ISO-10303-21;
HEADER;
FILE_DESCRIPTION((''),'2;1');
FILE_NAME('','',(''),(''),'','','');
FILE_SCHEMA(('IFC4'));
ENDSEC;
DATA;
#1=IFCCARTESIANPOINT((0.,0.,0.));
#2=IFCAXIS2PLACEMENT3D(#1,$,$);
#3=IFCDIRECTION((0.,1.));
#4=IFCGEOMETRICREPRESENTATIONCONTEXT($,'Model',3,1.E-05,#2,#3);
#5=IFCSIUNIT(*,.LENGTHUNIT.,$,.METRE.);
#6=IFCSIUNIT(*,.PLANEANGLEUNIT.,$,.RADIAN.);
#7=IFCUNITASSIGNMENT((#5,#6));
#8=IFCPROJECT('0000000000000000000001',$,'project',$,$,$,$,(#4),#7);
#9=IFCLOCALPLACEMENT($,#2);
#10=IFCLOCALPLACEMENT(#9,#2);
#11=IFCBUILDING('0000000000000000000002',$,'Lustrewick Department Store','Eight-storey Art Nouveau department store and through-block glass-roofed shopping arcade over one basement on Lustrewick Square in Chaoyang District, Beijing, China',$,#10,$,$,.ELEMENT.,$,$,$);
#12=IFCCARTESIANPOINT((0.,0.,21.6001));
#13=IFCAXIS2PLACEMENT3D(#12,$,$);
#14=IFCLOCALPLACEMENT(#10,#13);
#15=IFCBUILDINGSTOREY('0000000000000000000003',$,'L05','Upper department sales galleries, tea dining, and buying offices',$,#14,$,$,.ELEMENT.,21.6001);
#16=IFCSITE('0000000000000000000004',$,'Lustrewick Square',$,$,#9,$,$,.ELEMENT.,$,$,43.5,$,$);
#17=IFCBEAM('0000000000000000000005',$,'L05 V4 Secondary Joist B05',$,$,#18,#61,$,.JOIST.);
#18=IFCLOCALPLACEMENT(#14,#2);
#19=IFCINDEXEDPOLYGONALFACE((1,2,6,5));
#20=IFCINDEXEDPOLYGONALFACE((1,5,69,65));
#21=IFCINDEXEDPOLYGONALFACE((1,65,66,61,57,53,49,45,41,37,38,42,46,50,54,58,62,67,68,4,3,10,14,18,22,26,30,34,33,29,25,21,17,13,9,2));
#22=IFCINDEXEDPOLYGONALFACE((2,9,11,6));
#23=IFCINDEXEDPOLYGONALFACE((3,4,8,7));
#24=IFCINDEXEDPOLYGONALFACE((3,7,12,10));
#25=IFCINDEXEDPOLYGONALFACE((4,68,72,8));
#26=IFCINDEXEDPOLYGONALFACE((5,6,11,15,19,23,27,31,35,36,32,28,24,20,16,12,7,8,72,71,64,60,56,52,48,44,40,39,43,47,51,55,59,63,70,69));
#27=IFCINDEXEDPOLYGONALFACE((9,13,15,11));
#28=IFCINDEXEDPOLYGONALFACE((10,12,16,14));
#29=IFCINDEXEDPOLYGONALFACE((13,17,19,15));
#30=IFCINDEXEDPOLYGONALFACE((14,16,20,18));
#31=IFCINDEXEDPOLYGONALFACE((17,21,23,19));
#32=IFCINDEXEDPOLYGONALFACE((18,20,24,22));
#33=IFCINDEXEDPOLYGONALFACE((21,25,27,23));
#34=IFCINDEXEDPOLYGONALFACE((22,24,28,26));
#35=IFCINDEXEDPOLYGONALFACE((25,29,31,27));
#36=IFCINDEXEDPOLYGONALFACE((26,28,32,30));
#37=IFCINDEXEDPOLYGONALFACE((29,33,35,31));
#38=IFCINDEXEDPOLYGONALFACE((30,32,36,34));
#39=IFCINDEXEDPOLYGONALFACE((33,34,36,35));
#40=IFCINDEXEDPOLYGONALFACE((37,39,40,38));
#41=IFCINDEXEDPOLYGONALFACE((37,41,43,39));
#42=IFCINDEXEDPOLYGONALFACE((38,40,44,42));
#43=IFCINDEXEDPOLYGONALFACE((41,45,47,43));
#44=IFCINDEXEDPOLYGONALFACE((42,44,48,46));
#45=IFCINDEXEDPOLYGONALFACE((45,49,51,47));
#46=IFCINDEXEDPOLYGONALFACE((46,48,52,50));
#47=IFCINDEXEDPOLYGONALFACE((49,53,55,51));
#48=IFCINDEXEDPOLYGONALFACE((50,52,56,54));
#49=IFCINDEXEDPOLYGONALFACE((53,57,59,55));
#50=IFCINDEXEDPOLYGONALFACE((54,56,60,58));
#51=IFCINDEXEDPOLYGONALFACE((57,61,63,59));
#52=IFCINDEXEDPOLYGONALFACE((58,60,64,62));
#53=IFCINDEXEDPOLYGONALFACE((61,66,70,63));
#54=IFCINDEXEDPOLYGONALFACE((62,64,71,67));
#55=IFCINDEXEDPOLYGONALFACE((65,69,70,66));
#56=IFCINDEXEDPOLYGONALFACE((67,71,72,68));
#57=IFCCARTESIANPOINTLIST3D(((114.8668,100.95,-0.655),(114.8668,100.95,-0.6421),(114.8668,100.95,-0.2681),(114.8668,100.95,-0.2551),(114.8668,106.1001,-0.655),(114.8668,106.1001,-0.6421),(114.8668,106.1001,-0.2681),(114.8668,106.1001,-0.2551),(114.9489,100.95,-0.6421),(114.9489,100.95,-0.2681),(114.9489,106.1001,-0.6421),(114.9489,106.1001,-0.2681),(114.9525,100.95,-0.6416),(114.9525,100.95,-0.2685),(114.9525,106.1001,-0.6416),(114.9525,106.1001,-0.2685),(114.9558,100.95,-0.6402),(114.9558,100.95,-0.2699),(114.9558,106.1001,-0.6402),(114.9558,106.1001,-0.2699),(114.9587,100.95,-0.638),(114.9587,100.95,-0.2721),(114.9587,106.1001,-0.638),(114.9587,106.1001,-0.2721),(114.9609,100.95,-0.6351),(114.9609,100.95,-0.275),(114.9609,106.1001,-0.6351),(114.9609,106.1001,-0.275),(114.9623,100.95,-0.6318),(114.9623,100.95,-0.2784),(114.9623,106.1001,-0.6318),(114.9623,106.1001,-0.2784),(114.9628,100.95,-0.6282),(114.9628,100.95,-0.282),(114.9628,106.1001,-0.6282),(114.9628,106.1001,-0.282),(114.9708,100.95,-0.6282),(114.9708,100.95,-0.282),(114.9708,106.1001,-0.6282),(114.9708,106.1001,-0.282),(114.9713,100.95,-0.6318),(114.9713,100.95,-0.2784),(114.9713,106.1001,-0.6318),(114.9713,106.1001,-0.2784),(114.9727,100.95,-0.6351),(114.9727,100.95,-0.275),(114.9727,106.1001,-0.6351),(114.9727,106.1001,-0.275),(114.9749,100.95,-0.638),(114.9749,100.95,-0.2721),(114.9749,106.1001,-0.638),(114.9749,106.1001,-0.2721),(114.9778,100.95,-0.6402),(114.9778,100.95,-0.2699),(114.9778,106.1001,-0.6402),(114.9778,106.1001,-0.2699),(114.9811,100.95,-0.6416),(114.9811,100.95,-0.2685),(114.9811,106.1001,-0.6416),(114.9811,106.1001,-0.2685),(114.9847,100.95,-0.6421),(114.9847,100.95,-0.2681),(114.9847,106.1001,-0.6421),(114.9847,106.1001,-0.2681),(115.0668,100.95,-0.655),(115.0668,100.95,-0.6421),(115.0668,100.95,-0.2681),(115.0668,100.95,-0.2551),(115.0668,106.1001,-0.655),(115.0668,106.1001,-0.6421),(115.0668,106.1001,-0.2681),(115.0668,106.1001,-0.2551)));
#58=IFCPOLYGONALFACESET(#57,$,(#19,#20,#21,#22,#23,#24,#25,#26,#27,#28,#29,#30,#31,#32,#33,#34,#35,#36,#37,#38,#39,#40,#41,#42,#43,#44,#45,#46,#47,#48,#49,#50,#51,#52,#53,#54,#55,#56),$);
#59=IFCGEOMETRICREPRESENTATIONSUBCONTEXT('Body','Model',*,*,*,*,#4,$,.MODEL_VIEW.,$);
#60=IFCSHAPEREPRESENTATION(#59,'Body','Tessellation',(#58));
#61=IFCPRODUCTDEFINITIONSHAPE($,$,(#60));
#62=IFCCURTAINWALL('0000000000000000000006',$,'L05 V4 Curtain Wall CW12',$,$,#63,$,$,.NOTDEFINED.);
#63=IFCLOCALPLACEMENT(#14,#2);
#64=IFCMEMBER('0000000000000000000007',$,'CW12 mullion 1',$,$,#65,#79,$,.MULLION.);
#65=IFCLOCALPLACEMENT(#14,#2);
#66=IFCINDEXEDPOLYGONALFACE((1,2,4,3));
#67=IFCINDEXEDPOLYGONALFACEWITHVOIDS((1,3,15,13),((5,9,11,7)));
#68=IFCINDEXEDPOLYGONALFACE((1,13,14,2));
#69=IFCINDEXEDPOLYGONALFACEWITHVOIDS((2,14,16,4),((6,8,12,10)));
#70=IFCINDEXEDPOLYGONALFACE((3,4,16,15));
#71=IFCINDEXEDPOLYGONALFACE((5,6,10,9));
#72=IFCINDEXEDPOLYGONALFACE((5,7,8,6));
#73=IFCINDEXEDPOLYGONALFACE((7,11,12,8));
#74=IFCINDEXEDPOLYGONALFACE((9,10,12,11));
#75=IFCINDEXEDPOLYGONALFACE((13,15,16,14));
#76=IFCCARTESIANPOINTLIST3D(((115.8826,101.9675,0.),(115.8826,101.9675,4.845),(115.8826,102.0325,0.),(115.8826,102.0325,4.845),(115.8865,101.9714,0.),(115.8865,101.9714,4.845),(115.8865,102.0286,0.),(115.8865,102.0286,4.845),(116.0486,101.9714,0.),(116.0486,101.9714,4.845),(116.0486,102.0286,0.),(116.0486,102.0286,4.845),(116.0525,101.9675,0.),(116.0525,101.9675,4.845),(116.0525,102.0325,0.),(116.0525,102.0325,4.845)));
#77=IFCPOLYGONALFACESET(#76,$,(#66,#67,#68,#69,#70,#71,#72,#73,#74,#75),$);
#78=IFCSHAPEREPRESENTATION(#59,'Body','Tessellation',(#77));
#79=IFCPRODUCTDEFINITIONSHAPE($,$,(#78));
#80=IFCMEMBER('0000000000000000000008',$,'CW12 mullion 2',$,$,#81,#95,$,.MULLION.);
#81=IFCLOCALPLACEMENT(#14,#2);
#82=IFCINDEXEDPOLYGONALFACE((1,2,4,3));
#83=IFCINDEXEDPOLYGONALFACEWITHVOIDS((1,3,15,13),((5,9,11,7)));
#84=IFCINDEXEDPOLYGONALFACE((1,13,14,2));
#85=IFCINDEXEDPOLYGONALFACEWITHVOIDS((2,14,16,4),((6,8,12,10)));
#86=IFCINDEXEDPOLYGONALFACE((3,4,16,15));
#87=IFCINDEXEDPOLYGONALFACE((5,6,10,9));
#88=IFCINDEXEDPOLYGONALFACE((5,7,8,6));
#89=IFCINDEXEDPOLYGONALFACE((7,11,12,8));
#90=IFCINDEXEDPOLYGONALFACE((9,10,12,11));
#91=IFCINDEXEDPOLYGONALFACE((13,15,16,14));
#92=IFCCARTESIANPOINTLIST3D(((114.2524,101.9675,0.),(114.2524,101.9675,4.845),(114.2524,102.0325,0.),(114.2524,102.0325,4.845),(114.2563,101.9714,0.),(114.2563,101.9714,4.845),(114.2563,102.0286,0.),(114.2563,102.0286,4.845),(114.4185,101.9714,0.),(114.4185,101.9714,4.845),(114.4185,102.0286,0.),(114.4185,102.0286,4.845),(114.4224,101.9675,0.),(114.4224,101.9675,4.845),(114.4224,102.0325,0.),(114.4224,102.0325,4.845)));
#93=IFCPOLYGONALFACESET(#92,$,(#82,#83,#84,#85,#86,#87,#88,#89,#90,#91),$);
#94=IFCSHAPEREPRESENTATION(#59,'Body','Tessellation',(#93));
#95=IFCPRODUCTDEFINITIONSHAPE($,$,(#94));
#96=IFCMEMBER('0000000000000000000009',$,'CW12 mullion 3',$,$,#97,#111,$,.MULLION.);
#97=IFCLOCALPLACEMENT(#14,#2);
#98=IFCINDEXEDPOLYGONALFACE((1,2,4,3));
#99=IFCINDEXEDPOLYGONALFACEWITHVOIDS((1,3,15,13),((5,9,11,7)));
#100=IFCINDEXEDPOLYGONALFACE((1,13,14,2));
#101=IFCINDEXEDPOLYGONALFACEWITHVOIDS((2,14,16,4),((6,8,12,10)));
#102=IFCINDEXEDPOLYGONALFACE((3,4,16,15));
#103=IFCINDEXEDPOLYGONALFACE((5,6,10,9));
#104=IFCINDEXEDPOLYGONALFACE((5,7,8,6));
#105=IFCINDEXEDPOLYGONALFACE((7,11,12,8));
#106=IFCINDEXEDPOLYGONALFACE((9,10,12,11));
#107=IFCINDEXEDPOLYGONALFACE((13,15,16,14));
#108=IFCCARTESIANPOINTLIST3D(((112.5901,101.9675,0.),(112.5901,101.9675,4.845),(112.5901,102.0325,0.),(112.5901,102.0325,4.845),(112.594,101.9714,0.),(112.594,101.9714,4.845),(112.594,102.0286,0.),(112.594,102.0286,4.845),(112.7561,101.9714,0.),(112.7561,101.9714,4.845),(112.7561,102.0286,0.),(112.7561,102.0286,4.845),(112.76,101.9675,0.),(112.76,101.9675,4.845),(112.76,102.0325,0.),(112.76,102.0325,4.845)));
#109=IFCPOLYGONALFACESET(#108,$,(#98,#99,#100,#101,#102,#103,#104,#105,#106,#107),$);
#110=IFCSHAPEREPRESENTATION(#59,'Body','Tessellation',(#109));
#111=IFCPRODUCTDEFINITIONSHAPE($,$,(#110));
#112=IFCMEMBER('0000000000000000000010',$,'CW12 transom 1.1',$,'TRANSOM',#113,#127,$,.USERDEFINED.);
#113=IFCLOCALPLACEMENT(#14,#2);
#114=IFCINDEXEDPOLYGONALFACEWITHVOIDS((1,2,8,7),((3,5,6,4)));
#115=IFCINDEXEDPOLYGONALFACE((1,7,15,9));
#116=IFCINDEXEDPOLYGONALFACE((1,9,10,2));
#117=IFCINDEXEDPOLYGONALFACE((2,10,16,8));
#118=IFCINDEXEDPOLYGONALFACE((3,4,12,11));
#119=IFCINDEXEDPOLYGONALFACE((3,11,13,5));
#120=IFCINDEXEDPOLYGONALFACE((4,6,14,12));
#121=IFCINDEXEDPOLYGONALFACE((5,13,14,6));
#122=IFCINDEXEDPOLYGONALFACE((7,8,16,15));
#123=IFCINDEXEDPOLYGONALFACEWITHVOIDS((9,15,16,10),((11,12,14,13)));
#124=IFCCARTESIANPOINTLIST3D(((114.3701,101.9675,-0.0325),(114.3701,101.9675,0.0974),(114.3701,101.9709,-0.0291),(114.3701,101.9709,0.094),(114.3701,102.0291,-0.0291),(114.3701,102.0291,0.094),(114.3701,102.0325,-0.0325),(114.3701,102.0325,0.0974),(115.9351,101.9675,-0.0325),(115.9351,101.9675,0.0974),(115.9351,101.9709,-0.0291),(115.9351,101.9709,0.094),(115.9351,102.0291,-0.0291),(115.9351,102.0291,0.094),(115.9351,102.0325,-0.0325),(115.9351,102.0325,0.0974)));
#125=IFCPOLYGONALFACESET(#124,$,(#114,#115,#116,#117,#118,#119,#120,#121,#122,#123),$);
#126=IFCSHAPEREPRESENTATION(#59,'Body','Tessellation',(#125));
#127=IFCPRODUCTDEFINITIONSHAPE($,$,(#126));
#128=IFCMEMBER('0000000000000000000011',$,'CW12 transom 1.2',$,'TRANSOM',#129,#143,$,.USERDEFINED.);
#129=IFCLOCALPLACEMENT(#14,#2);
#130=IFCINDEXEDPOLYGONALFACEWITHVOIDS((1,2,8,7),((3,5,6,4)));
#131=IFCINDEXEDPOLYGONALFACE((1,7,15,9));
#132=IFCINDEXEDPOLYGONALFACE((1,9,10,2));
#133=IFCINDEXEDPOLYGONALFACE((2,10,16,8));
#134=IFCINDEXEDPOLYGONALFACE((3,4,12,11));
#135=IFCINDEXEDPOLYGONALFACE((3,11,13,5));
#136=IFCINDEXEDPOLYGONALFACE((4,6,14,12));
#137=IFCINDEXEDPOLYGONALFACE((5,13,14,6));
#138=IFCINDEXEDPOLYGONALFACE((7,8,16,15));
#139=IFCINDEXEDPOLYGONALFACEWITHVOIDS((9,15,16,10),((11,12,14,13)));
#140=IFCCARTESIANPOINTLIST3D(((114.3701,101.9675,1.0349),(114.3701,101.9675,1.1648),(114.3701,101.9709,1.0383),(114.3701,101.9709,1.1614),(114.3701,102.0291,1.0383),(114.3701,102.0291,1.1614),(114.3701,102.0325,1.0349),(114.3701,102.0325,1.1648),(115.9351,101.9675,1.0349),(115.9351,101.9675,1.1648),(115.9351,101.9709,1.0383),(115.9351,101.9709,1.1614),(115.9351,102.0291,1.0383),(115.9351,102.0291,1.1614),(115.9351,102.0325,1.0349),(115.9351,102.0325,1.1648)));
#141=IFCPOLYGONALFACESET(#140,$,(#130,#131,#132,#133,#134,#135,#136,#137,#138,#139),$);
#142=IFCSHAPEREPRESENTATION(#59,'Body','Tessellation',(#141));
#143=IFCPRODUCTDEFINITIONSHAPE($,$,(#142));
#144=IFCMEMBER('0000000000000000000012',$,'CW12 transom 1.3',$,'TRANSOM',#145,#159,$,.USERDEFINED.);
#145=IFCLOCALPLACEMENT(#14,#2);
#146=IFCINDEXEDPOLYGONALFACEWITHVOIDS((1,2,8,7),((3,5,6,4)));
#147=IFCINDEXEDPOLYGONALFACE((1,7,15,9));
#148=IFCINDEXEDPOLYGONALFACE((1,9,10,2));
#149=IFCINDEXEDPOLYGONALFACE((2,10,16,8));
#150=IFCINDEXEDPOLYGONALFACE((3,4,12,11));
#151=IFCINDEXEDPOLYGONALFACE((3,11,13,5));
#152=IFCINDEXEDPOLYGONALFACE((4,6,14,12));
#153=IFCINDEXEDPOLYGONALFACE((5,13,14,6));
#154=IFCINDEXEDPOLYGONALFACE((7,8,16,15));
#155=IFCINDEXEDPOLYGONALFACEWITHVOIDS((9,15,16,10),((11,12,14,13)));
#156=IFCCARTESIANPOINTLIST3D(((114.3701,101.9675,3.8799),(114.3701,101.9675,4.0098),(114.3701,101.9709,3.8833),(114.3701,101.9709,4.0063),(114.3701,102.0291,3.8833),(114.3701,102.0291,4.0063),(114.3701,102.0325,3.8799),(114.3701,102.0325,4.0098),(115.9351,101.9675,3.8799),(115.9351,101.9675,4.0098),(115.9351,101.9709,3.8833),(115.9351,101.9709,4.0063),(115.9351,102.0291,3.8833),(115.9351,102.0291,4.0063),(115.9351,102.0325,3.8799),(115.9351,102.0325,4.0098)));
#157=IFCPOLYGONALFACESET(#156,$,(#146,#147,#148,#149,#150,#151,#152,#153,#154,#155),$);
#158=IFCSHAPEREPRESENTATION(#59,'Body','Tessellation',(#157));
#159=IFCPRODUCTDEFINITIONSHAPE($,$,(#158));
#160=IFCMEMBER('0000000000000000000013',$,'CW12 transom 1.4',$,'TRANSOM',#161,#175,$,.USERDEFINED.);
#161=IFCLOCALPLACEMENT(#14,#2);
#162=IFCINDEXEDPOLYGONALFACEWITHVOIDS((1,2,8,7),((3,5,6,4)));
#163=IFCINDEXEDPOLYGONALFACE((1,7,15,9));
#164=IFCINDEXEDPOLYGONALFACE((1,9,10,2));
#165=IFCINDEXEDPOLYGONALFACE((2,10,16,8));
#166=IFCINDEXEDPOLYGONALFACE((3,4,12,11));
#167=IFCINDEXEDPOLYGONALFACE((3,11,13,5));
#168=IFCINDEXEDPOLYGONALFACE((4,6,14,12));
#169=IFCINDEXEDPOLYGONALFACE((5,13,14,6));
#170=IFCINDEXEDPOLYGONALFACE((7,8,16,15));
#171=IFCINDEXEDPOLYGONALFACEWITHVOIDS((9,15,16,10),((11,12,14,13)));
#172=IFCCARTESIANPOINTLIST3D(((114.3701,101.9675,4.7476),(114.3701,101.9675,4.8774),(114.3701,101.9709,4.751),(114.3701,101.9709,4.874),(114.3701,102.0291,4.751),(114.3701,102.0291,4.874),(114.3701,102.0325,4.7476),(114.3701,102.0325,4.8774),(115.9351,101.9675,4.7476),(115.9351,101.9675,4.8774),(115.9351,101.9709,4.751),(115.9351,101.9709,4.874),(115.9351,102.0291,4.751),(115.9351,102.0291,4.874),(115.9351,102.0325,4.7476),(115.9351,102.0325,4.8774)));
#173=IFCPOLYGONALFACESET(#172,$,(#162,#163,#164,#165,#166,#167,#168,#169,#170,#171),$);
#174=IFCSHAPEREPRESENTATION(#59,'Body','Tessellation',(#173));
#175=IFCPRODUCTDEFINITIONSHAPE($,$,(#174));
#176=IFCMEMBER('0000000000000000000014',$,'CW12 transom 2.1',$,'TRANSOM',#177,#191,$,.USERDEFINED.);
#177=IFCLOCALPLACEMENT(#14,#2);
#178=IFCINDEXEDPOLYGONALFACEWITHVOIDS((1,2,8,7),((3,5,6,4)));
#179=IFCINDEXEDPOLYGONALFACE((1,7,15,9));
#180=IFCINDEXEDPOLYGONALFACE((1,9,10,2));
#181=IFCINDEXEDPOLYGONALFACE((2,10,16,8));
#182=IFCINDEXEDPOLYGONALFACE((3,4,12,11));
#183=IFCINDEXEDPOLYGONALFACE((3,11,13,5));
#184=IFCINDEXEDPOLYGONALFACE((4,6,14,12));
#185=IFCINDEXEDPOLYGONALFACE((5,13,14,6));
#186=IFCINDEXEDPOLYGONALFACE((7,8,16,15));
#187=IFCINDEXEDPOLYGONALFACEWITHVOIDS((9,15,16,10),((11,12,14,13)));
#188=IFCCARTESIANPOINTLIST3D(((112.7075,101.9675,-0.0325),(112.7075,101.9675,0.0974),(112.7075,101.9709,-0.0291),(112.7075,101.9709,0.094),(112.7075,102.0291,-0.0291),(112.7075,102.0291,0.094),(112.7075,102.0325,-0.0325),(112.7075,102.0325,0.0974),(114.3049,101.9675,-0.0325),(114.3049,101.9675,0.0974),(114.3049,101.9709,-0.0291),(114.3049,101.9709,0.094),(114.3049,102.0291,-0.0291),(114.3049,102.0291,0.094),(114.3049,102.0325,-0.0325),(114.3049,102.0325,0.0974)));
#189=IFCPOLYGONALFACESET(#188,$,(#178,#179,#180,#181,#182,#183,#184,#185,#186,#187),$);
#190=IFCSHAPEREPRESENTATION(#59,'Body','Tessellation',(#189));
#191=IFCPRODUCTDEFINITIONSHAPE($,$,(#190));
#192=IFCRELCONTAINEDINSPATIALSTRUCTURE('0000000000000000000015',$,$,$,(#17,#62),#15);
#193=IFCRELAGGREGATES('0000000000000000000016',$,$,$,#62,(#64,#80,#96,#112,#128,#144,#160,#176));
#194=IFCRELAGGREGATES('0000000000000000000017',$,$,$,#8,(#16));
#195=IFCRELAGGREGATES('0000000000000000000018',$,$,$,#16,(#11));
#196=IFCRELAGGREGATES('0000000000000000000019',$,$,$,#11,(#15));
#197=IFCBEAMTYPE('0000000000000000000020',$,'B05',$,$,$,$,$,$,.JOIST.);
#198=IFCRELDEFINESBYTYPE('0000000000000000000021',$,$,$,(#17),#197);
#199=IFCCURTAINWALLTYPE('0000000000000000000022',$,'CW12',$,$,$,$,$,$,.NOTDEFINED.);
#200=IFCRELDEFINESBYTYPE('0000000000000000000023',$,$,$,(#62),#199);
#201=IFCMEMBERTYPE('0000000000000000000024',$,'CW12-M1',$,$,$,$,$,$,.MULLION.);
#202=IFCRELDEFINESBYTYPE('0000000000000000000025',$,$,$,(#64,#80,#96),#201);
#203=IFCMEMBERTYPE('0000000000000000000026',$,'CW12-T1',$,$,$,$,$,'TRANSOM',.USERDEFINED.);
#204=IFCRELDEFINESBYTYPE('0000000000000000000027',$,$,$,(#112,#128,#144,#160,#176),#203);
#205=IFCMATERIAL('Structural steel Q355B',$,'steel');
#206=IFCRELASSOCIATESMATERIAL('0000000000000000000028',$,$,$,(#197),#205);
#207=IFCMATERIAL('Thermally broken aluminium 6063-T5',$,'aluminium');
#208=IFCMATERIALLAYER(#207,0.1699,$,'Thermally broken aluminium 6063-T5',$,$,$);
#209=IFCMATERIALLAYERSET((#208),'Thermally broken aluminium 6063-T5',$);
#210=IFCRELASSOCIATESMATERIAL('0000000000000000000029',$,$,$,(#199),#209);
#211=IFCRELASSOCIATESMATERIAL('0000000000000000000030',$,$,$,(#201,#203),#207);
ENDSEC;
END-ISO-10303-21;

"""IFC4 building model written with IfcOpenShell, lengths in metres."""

from ifc_helpers import new_model, si_unit, direction, frame, origin, origin_2d, place, context, subcontext, project, spatial, hollow_rectangle, i_section, extrude, material, layer, layer_set, material_profile, profile_set, type_object, element, aggregate, save


model = new_model("IFC4")

# Units and contexts
model_context = context("Model", 3, precision=1e-05, world=origin(), true_north=direction((0.0, 1.0)))
body_context = subcontext(model_context, "Body", "Model", "MODEL_VIEW")
ifc_project = project(units=[si_unit("LENGTHUNIT", "METRE"), si_unit("PLANEANGLEUNIT", "RADIAN")], contexts=[model_context])

# Site, building, storey
site_placement = place(None, origin())
site = spatial("IfcSite", under=ifc_project, at=site_placement, Name="Lustrewick Square", CompositionType="ELEMENT", RefElevation=43.5)
building_placement = place(site_placement, origin())
building = spatial("IfcBuilding", under=site, at=building_placement, Name="Lustrewick Department Store", Description="Eight-storey Art Nouveau department store and through-block glass-roofed shopping arcade over one basement on Lustrewick Square in Chaoyang District, Beijing, China", CompositionType="ELEMENT")
storey_placement = place(building_placement, frame((0.0, 0.0, 21.6001)))
storey = spatial("IfcBuildingStorey", under=building, at=storey_placement, Name="L05", Description="Upper department sales galleries, tea dining, and buying offices", CompositionType="ELEMENT", Elevation=21.6001)

# Beam
ifc_material_1 = material(Name="Structural steel Q355B", Category="steel")
ifc_material_profile_1 = material_profile(ifc_material_1, i_section(OverallWidth=0.2, OverallDepth=0.3999, WebThickness=0.0081, FlangeThickness=0.0129, FilletRadius=0.0139, at=origin_2d()), Name="HN 400x200x8x13")
ifc_profile_set_1 = profile_set([ifc_material_profile_1], Name="Structural steel Q355B")
beam_type_1 = type_object("IfcBeamType", Name="B05", PredefinedType="JOIST", material=ifc_profile_set_1)
beam_1_placement = place(storey_placement, frame((114.9668, 100.95, -0.4551), z_axis=(0.0, 1.0, 0.0), x_axis=(-1.0, 0.0, 0.0)))
element("IfcBeam", 1, at=beam_1_placement, inside=storey, type_object=beam_type_1, Name="L05 V4 Secondary Joist B05", PredefinedType="JOIST", context=body_context, shape_type="SweptSolid", body=[
    extrude(i_section(OverallWidth=0.2, OverallDepth=0.3999, WebThickness=0.0081, FlangeThickness=0.0129, FilletRadius=0.0139, at=origin_2d()), origin(), (0.0, 0.0, 1.0), 5.1501),
])

# Curtain wall, members
ifc_material_2 = material(Name="Thermally broken aluminium 6063-T5", Category="aluminium")
ifc_layer_1 = layer(ifc_material_2, 0.1699, Name="Thermally broken aluminium 6063-T5")
ifc_layer_set_1 = layer_set([ifc_layer_1], Name="Thermally broken aluminium 6063-T5")
curtain_wall_type = type_object("IfcCurtainWallType", Name="CW12", PredefinedType="NOTDEFINED", material=ifc_layer_set_1)
curtain_wall_placement = place(storey_placement, origin())
curtain_wall = element("IfcCurtainWall", 2, at=curtain_wall_placement, inside=storey, type_object=curtain_wall_type, Name="L05 V4 Curtain Wall CW12", PredefinedType="NOTDEFINED")
ifc_material_profile_2 = material_profile(ifc_material_2, hollow_rectangle(XDim=0.0649, YDim=0.1699, WallThickness=0.0039, at=origin_2d()), Name="ALU-M 65x170x4")
ifc_profile_set_2 = profile_set([ifc_material_profile_2], Name="Thermally broken aluminium 6063-T5")
member_type_1 = type_object("IfcMemberType", Name="CW12-M1", PredefinedType="MULLION", material=ifc_profile_set_2)
member_1_placement = place(storey_placement, frame((115.9675, 102.0, 0.0), z_axis=(0.0, 0.0, 1.0), x_axis=(0.0, -1.0, 0.0)))
member_1 = element("IfcMember", 3, at=member_1_placement, type_object=member_type_1, Name="CW12 mullion 1", PredefinedType="MULLION", context=body_context, shape_type="SweptSolid", body=[
    extrude(hollow_rectangle(XDim=0.0649, YDim=0.1699, WallThickness=0.0039, at=origin_2d()), origin(), (0.0, 0.0, 1.0), 4.845),
])
member_2_placement = place(storey_placement, frame((114.3374, 102.0, 0.0), z_axis=(0.0, 0.0, 1.0), x_axis=(0.0, -1.0, 0.0)))
member_2 = element("IfcMember", 4, at=member_2_placement, type_object=member_type_1, Name="CW12 mullion 2", PredefinedType="MULLION", context=body_context, shape_type="SweptSolid", body=[
    extrude(hollow_rectangle(XDim=0.0649, YDim=0.1699, WallThickness=0.0039, at=origin_2d()), origin(), (0.0, 0.0, 1.0), 4.845),
])
member_3_placement = place(storey_placement, frame((112.675, 102.0, 0.0), z_axis=(0.0, 0.0, 1.0), x_axis=(0.0, -1.0, 0.0)))
member_3 = element("IfcMember", 5, at=member_3_placement, type_object=member_type_1, Name="CW12 mullion 3", PredefinedType="MULLION", context=body_context, shape_type="SweptSolid", body=[
    extrude(hollow_rectangle(XDim=0.0649, YDim=0.1699, WallThickness=0.0039, at=origin_2d()), origin(), (0.0, 0.0, 1.0), 4.845),
])
ifc_material_profile_3 = material_profile(ifc_material_2, hollow_rectangle(XDim=0.0649, YDim=0.1299, WallThickness=0.0034, at=origin_2d()), Name="ALU-T 65x130x3.5")
ifc_profile_set_3 = profile_set([ifc_material_profile_3], Name="Thermally broken aluminium 6063-T5")
member_type_2 = type_object("IfcMemberType", Name="CW12-T1", ElementType="TRANSOM", PredefinedType="USERDEFINED", material=ifc_profile_set_3)
member_4_placement = place(storey_placement, frame((115.9351, 102.0, 0.0325), z_axis=(-1.0, 0.0, 0.0), x_axis=(0.0, -1.0, 0.0)))
member_4 = element("IfcMember", 6, at=member_4_placement, type_object=member_type_2, Name="CW12 transom 1.1", ObjectType="TRANSOM", PredefinedType="USERDEFINED", context=body_context, shape_type="SweptSolid", body=[
    extrude(hollow_rectangle(XDim=0.0649, YDim=0.1299, WallThickness=0.0034, at=origin_2d()), origin(), (0.0, 0.0, 1.0), 1.5649),
])
member_5_placement = place(storey_placement, frame((115.9351, 102.0, 1.0999), z_axis=(-1.0, 0.0, 0.0), x_axis=(0.0, -1.0, 0.0)))
member_5 = element("IfcMember", 7, at=member_5_placement, type_object=member_type_2, Name="CW12 transom 1.2", ObjectType="TRANSOM", PredefinedType="USERDEFINED", context=body_context, shape_type="SweptSolid", body=[
    extrude(hollow_rectangle(XDim=0.0649, YDim=0.1299, WallThickness=0.0034, at=origin_2d()), origin(), (0.0, 0.0, 1.0), 1.5649),
])
member_6_placement = place(storey_placement, frame((115.9351, 102.0, 3.9448), z_axis=(-1.0, 0.0, 0.0), x_axis=(0.0, -1.0, 0.0)))
member_6 = element("IfcMember", 8, at=member_6_placement, type_object=member_type_2, Name="CW12 transom 1.3", ObjectType="TRANSOM", PredefinedType="USERDEFINED", context=body_context, shape_type="SweptSolid", body=[
    extrude(hollow_rectangle(XDim=0.0649, YDim=0.1299, WallThickness=0.0034, at=origin_2d()), origin(), (0.0, 0.0, 1.0), 1.5649),
])
member_7_placement = place(storey_placement, frame((115.9351, 102.0, 4.8125), z_axis=(-1.0, 0.0, 0.0), x_axis=(0.0, -1.0, 0.0)))
member_7 = element("IfcMember", 9, at=member_7_placement, type_object=member_type_2, Name="CW12 transom 1.4", ObjectType="TRANSOM", PredefinedType="USERDEFINED", context=body_context, shape_type="SweptSolid", body=[
    extrude(hollow_rectangle(XDim=0.0649, YDim=0.1299, WallThickness=0.0034, at=origin_2d()), origin(), (0.0, 0.0, 1.0), 1.5649),
])
member_8_placement = place(storey_placement, frame((114.3049, 102.0, 0.0325), z_axis=(-1.0, 0.0, 0.0), x_axis=(0.0, -1.0, 0.0)))
member_8 = element("IfcMember", 10, at=member_8_placement, type_object=member_type_2, Name="CW12 transom 2.1", ObjectType="TRANSOM", PredefinedType="USERDEFINED", context=body_context, shape_type="SweptSolid", body=[
    extrude(hollow_rectangle(XDim=0.0649, YDim=0.1299, WallThickness=0.0034, at=origin_2d()), origin(), (0.0, 0.0, 1.0), 1.5974),
])

aggregate(curtain_wall, [member_1, member_2, member_3, member_4, member_5, member_6, member_7, member_8])

save(model, "model.ifc")
